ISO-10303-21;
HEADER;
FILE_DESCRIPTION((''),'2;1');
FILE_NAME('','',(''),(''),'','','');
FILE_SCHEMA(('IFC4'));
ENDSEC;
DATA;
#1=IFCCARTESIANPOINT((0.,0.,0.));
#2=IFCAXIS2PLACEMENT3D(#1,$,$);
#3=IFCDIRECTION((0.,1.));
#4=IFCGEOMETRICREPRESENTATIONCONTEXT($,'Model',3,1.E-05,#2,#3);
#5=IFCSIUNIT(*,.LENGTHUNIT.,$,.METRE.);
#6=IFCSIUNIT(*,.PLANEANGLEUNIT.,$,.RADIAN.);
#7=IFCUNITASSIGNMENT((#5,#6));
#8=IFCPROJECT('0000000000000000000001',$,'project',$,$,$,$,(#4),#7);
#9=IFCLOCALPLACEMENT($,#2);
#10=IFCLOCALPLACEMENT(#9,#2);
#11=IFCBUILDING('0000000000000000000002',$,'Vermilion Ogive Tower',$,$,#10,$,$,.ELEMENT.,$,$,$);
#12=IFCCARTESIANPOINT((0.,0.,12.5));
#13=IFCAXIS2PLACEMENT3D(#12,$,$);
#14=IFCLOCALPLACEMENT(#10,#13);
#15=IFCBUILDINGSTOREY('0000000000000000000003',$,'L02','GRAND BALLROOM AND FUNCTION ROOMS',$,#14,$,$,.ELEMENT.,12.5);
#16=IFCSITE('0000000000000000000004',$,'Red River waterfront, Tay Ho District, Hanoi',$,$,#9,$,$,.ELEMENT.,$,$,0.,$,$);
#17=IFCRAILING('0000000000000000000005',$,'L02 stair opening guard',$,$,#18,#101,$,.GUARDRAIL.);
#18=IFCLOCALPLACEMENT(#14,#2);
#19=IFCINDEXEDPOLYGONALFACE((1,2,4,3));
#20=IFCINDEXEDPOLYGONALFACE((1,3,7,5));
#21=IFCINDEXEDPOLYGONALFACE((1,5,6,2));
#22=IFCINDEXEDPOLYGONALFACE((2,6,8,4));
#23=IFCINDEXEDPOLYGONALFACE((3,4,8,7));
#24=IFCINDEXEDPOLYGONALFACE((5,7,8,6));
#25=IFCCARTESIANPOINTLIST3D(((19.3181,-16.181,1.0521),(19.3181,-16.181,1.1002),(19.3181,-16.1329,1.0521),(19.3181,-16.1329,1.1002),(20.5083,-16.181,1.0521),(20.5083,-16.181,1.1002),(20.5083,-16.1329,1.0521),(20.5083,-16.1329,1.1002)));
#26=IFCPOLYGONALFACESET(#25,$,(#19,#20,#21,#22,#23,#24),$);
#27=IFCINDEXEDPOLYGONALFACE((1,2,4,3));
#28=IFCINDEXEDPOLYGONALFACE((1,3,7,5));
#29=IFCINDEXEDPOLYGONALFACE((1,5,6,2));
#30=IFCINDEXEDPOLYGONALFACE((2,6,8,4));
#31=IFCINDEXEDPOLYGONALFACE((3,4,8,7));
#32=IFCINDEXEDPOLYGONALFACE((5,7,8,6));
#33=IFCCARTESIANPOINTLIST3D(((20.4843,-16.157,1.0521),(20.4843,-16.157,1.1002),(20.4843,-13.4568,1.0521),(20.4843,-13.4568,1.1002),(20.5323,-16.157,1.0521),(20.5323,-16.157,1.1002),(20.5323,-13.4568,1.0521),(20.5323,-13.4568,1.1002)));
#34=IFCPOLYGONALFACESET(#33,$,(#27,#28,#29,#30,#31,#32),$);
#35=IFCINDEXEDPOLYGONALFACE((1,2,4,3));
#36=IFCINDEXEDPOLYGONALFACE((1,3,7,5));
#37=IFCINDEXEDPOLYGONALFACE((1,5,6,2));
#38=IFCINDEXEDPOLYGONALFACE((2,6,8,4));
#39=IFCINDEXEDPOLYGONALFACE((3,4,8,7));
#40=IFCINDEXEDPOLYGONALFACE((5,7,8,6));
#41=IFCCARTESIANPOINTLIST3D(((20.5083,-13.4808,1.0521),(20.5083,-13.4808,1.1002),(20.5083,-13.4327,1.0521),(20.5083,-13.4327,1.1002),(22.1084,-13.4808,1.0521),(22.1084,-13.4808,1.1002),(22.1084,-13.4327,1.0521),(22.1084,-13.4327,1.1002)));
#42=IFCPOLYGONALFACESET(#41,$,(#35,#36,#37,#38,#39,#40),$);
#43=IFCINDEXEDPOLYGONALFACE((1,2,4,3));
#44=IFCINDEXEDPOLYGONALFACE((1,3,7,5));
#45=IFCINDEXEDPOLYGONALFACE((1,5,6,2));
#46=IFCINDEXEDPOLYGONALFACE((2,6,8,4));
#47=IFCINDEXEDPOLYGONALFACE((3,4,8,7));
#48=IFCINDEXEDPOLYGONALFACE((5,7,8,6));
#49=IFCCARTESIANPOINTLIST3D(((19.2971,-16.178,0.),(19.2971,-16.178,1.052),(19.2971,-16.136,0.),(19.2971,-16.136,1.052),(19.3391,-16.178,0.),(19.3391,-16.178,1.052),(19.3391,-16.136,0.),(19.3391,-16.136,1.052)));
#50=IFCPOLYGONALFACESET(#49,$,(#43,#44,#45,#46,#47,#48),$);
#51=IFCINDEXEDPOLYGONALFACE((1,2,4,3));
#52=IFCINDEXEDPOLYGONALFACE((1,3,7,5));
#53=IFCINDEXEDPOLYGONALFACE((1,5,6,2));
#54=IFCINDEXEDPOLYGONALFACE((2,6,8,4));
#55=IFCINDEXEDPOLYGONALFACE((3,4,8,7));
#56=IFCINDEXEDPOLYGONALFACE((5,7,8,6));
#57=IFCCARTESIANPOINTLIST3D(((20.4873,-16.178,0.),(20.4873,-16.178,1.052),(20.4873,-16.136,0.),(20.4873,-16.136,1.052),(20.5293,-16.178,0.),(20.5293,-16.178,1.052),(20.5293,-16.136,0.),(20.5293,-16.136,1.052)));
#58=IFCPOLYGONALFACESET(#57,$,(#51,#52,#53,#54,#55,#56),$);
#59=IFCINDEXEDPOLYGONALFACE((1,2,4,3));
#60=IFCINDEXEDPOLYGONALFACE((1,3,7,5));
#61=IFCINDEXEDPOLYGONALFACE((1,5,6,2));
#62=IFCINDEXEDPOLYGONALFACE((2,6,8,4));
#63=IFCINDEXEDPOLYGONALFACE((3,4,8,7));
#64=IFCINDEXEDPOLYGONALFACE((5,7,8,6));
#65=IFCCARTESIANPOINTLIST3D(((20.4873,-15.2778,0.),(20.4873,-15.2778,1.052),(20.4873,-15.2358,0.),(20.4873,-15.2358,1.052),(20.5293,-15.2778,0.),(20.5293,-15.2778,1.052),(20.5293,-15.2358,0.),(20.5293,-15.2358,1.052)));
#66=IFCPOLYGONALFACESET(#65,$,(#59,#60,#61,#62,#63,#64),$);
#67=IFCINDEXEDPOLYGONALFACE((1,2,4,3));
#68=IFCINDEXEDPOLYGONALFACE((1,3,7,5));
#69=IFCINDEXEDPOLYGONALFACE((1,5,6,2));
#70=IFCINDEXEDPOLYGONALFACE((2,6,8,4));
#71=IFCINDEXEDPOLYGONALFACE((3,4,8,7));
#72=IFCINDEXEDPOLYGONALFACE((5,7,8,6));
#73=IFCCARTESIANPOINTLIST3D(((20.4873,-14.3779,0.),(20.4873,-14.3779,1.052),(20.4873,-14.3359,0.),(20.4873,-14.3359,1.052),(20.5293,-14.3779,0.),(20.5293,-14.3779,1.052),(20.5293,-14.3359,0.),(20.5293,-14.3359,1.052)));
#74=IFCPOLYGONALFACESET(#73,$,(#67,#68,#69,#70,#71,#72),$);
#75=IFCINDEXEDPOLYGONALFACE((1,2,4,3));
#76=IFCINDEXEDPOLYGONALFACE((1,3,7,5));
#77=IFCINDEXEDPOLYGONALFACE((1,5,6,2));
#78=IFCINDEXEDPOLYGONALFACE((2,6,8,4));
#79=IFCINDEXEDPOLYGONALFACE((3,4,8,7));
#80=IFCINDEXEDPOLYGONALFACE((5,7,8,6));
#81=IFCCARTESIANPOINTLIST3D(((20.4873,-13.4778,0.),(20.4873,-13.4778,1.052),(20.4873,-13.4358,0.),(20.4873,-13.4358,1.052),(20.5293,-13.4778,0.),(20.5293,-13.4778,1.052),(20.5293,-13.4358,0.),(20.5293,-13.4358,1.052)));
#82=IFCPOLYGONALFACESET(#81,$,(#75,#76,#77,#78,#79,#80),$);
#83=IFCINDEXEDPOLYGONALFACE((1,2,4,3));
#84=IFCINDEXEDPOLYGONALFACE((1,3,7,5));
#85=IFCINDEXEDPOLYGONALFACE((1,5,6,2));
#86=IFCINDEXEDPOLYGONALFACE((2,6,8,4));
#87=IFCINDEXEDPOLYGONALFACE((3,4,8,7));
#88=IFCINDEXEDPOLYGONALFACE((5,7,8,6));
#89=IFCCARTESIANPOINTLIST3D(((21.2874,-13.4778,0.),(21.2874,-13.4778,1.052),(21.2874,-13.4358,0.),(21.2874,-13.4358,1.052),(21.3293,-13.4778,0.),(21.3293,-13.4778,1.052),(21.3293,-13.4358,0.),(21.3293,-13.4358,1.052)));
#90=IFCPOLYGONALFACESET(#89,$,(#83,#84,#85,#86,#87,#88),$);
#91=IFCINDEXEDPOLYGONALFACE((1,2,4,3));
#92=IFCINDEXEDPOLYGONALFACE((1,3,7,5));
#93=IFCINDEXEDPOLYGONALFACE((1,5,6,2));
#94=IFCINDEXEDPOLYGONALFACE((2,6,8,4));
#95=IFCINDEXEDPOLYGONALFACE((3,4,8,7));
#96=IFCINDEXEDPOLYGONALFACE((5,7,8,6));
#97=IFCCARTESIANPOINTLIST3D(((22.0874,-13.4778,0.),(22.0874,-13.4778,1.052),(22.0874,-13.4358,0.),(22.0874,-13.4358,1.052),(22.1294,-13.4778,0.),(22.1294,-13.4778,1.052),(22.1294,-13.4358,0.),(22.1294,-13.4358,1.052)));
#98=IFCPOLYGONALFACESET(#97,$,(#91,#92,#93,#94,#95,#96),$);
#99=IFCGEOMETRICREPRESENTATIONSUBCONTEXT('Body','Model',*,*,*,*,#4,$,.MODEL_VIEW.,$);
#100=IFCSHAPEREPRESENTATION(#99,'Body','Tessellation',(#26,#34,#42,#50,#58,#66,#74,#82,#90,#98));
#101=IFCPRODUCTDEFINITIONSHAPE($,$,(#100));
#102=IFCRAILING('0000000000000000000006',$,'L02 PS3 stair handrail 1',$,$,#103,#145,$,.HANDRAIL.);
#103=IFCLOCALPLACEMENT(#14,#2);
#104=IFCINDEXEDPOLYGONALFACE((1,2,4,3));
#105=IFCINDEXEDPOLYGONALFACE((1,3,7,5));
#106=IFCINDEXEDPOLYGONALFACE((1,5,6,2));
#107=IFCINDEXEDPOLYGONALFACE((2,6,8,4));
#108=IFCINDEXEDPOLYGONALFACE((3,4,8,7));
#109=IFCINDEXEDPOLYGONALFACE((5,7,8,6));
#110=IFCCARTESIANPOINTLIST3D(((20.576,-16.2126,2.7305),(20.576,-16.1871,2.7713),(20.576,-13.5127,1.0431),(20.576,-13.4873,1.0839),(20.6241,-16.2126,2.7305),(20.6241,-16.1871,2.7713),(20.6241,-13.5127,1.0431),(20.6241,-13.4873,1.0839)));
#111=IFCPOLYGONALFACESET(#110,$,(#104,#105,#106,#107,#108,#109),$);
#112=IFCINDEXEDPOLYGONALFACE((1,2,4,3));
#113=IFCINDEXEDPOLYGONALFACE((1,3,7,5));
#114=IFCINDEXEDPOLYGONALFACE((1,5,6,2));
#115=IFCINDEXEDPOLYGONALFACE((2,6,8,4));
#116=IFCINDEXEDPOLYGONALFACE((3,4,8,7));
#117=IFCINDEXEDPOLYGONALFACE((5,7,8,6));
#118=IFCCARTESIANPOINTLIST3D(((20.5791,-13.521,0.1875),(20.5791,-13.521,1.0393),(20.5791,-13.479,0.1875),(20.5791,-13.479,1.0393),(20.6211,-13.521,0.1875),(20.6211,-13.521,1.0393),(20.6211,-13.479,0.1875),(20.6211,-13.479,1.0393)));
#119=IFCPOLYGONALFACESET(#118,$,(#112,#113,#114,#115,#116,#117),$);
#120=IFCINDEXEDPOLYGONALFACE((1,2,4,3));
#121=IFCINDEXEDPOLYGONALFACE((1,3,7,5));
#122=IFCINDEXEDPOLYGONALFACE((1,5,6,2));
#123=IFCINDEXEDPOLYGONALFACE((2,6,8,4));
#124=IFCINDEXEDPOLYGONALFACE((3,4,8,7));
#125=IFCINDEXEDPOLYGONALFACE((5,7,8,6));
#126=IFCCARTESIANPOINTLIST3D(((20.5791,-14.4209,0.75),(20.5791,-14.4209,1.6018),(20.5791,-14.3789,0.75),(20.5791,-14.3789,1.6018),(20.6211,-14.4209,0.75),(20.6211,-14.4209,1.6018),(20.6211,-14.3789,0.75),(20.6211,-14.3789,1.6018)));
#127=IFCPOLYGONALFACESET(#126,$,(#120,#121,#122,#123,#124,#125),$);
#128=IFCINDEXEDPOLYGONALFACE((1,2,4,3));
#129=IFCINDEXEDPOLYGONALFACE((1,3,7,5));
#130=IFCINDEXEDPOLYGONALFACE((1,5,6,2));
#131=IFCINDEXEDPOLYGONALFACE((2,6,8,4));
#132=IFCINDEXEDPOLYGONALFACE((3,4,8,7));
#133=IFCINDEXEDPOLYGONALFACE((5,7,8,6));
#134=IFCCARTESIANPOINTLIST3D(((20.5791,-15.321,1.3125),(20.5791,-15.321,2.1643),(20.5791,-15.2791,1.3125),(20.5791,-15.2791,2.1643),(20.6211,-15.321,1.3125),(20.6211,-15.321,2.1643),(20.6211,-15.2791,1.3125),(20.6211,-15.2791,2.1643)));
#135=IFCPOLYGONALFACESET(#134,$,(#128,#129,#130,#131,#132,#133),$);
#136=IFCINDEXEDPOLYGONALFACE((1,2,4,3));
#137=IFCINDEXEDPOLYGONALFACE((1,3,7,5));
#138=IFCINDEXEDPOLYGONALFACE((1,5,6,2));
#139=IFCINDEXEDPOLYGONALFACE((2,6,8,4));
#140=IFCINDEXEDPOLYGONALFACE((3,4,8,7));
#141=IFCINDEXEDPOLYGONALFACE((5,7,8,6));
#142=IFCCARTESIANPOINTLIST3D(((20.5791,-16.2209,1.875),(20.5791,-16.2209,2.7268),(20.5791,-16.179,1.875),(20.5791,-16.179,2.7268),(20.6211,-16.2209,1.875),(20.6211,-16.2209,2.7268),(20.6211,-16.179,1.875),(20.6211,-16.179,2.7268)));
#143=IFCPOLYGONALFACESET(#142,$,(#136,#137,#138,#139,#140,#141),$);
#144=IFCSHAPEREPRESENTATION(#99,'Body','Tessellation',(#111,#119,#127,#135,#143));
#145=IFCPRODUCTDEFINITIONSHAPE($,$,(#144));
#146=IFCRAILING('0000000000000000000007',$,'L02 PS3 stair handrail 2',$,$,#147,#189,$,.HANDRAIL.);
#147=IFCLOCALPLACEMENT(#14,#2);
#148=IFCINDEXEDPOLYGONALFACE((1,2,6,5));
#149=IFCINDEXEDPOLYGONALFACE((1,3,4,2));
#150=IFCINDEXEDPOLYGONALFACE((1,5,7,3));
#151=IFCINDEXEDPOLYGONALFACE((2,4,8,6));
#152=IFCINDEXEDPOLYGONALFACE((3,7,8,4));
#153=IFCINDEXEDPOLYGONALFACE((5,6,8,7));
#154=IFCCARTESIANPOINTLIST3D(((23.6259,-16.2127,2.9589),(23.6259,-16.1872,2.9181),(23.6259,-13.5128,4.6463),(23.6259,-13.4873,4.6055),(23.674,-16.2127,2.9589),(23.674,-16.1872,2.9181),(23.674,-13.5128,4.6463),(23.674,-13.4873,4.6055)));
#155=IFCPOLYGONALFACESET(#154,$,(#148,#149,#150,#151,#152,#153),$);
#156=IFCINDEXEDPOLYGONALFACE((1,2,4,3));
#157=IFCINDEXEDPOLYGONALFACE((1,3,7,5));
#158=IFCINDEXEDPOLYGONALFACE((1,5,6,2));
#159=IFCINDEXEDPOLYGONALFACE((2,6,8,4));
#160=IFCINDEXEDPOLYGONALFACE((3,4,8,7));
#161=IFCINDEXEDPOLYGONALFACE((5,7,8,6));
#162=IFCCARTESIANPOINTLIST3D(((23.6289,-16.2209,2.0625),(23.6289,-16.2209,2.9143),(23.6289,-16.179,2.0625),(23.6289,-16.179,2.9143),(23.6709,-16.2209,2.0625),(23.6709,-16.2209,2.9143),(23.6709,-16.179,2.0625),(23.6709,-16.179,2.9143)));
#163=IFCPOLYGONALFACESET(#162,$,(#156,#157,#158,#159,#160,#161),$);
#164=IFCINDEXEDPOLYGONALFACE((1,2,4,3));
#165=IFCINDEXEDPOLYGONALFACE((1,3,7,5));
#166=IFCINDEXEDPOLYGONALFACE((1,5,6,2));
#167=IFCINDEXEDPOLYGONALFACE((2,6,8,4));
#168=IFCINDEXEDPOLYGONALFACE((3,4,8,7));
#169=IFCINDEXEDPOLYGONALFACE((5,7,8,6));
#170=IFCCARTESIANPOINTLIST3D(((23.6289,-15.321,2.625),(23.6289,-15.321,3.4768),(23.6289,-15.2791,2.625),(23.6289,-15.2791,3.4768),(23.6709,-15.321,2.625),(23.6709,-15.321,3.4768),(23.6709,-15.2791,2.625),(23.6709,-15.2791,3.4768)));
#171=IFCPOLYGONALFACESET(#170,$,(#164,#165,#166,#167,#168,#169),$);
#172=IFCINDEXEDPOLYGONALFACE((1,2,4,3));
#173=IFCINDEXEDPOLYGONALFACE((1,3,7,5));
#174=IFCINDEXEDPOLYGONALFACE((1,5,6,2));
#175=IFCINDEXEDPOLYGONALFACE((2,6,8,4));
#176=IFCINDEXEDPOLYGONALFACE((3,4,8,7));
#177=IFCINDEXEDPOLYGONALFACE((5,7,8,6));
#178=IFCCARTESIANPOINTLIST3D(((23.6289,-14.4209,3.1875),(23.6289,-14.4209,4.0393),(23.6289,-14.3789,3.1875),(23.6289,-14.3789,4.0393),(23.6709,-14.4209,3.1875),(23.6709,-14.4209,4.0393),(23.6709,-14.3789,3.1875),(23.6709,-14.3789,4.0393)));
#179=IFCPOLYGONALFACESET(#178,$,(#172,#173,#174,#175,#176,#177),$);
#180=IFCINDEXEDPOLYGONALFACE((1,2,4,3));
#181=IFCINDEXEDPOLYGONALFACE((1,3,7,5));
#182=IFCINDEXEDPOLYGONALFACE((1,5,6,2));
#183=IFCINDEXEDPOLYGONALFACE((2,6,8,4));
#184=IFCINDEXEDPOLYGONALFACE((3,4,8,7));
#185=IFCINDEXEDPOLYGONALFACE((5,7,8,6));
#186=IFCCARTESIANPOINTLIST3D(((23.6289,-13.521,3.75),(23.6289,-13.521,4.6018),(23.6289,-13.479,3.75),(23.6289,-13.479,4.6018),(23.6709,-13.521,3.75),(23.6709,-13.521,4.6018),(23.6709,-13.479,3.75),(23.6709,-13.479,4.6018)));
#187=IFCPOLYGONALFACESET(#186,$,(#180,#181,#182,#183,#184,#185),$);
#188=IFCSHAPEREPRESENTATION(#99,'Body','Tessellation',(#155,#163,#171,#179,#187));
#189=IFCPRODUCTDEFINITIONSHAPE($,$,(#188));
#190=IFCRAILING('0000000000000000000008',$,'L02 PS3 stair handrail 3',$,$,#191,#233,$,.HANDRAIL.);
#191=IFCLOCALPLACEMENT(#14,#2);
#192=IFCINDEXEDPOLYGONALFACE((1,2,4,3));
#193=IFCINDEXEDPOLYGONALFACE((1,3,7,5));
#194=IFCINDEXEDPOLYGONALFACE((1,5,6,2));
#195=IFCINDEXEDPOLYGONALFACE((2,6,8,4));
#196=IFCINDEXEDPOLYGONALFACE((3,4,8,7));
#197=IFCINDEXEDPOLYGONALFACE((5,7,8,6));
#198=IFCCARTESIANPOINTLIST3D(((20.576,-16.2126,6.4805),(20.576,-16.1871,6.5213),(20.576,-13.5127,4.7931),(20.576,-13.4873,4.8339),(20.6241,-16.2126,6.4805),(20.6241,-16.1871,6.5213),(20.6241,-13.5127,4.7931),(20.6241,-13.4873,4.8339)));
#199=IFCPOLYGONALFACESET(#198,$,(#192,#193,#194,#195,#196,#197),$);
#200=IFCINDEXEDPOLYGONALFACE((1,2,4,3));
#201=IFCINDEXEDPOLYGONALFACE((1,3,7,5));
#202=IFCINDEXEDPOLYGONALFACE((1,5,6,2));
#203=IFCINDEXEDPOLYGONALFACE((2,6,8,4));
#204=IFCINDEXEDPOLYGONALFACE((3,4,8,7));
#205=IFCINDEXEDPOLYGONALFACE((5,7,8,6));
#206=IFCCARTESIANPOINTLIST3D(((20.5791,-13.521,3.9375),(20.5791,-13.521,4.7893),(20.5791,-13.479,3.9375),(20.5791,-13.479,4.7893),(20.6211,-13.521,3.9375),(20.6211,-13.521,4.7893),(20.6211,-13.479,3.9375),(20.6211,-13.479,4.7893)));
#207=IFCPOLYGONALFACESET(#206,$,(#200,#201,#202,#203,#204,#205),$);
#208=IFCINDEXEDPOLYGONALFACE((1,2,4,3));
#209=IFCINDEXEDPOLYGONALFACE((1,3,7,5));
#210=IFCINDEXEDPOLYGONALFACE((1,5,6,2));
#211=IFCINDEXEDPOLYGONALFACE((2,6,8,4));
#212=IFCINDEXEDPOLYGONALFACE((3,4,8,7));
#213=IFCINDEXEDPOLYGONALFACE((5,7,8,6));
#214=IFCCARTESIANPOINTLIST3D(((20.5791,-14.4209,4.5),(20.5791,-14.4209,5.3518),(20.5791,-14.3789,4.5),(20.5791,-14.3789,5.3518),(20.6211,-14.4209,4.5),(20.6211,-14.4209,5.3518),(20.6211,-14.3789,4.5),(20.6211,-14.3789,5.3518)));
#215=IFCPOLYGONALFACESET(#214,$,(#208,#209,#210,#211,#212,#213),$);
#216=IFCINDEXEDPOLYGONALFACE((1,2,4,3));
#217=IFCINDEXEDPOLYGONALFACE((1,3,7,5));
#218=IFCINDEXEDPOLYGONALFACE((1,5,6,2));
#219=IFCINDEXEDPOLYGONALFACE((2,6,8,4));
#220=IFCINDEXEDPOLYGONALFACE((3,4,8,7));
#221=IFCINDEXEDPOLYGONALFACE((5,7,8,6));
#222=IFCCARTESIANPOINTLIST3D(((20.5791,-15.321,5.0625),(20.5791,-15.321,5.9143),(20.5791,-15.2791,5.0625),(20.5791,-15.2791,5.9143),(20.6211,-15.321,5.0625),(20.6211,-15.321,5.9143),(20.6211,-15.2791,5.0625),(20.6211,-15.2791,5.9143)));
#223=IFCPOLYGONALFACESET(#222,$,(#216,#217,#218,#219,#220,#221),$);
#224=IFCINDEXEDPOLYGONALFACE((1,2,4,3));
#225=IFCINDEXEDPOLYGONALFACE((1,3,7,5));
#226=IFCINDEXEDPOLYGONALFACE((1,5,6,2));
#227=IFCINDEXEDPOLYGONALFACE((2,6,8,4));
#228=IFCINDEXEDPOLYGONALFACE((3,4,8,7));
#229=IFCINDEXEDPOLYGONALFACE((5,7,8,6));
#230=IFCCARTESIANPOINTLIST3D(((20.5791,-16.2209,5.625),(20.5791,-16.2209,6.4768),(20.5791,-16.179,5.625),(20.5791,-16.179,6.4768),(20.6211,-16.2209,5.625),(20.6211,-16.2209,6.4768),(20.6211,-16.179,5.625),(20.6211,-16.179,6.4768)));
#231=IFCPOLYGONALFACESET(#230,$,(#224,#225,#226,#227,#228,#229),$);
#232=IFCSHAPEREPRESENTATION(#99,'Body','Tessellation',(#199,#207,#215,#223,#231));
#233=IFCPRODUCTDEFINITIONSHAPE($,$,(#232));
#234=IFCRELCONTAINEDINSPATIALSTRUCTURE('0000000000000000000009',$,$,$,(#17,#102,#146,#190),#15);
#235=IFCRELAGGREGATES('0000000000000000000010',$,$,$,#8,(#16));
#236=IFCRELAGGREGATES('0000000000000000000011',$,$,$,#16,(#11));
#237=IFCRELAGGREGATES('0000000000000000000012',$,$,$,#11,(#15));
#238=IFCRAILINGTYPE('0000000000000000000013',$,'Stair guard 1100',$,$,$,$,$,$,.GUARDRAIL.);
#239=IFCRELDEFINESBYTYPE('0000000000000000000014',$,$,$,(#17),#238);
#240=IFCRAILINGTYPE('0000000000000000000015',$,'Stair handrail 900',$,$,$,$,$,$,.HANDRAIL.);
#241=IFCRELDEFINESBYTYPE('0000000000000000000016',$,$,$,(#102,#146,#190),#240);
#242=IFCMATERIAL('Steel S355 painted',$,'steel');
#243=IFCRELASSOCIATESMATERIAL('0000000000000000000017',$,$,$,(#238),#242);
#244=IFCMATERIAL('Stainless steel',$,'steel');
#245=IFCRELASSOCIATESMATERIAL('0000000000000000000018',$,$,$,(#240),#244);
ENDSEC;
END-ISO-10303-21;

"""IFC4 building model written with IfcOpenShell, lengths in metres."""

from ifc_helpers import new_model, si_unit, direction, frame, origin, origin_2d, place, context, subcontext, project, spatial, rectangle, extrude, material, type_object, element, save


model = new_model("IFC4")

# Units and contexts
model_context = context("Model", 3, precision=1e-05, world=origin(), true_north=direction((0.0, 1.0)))
body_context = subcontext(model_context, "Body", "Model", "MODEL_VIEW")
ifc_project = project(units=[si_unit("LENGTHUNIT", "METRE"), si_unit("PLANEANGLEUNIT", "RADIAN")], contexts=[model_context])

# Site, building, storey
site_placement = place(None, origin())
site = spatial("IfcSite", under=ifc_project, at=site_placement, Name="Red River waterfront, Tay Ho District, Hanoi", CompositionType="ELEMENT", RefElevation=0.0)
building_placement = place(site_placement, origin())
building = spatial("IfcBuilding", under=site, at=building_placement, Name="Vermilion Ogive Tower", CompositionType="ELEMENT")
storey_placement = place(building_placement, frame((0.0, 0.0, 12.5)))
storey = spatial("IfcBuildingStorey", under=building, at=storey_placement, Name="L02", Description="GRAND BALLROOM AND FUNCTION ROOMS", CompositionType="ELEMENT", Elevation=12.5)

# Railings
ifc_material_1 = material(Name="Steel S355 painted", Category="steel")
railing_type_1 = type_object("IfcRailingType", Name="Stair guard 1100", PredefinedType="GUARDRAIL", material=ifc_material_1)
railing_1_placement = place(storey_placement, frame((19.3181, -16.157, 0.0)))
element("IfcRailing", 1, at=railing_1_placement, inside=storey, type_object=railing_type_1, Name="L02 stair opening guard", PredefinedType="GUARDRAIL", context=body_context, shape_type="SweptSolid", body=[
    extrude(rectangle(XDim=0.0481, YDim=0.0481, at=origin_2d()), frame((0.0, 0.0, 1.0762), z_axis=(1.0, 0.0, 0.0), x_axis=(0.0, 1.0, 0.0)), (0.0, 0.0, 1.0), 1.1902),
    extrude(rectangle(XDim=0.0481, YDim=0.0481, at=origin_2d()), frame((1.1902, 0.0, 1.0762), z_axis=(0.0, 1.0, 0.0), x_axis=(-1.0, 0.0, 0.0)), (0.0, 0.0, 1.0), 2.7002),
    extrude(rectangle(XDim=0.0481, YDim=0.0481, at=origin_2d()), frame((1.1902, 2.7002, 1.0762), z_axis=(1.0, 0.0, 0.0), x_axis=(0.0, 1.0, 0.0)), (0.0, 0.0, 1.0), 1.6001),
    extrude(rectangle(XDim=0.042, YDim=0.042, at=origin_2d()), origin(), (0.0, 0.0, 1.0), 1.052),
    extrude(rectangle(XDim=0.042, YDim=0.042, at=origin_2d()), frame((1.1902, 0.0, 0.0)), (0.0, 0.0, 1.0), 1.052),
    extrude(rectangle(XDim=0.042, YDim=0.042, at=origin_2d()), frame((1.1902, 0.9001, 0.0)), (0.0, 0.0, 1.0), 1.052),
    extrude(rectangle(XDim=0.042, YDim=0.042, at=origin_2d()), frame((1.1902, 1.8, 0.0)), (0.0, 0.0, 1.0), 1.052),
    extrude(rectangle(XDim=0.042, YDim=0.042, at=origin_2d()), frame((1.1902, 2.7002, 0.0)), (0.0, 0.0, 1.0), 1.052),
    extrude(rectangle(XDim=0.042, YDim=0.042, at=origin_2d()), frame((1.9902, 2.7002, 0.0)), (0.0, 0.0, 1.0), 1.052),
    extrude(rectangle(XDim=0.042, YDim=0.042, at=origin_2d()), frame((2.7903, 2.7002, 0.0)), (0.0, 0.0, 1.0), 1.052),
])
ifc_material_2 = material(Name="Stainless steel", Category="steel")
railing_type_2 = type_object("IfcRailingType", Name="Stair handrail 900", PredefinedType="HANDRAIL", material=ifc_material_2)
railing_2_placement = place(storey_placement, frame((20.6001, -13.5, 0.1875)))
element("IfcRailing", 2, at=railing_2_placement, inside=storey, type_object=railing_type_2, Name="L02 PS3 stair handrail 1", PredefinedType="HANDRAIL", context=body_context, shape_type="SweptSolid", body=[
    extrude(rectangle(XDim=0.0481, YDim=0.0481, at=origin_2d()), frame((0.0, 0.0, 0.876), z_axis=(0.0, -0.847994, 0.530006), x_axis=(1.0, 0.0, 0.0)), (0.0, 0.0, 1.0), 3.1838),
    extrude(rectangle(XDim=0.042, YDim=0.042, at=origin_2d()), origin(), (0.0, 0.0, 1.0), 0.8518),
    extrude(rectangle(XDim=0.042, YDim=0.042, at=origin_2d()), frame((0.0, -0.8999, 0.5625)), (0.0, 0.0, 1.0), 0.8518),
    extrude(rectangle(XDim=0.042, YDim=0.042, at=origin_2d()), frame((0.0, -1.8, 1.125)), (0.0, 0.0, 1.0), 0.8518),
    extrude(rectangle(XDim=0.042, YDim=0.042, at=origin_2d()), frame((0.0, -2.7, 1.6875)), (0.0, 0.0, 1.0), 0.8518),
])
railing_3_placement = place(storey_placement, frame((23.6499, -16.2, 2.0625)))
element("IfcRailing", 3, at=railing_3_placement, inside=storey, type_object=railing_type_2, Name="L02 PS3 stair handrail 2", PredefinedType="HANDRAIL", context=body_context, shape_type="SweptSolid", body=[
    extrude(rectangle(XDim=0.0481, YDim=0.0481, at=origin_2d()), frame((0.0, 0.0, 0.876), z_axis=(0.0, 0.847994, 0.530006), x_axis=(-1.0, 0.0, 0.0)), (0.0, 0.0, 1.0), 3.1838),
    extrude(rectangle(XDim=0.042, YDim=0.042, at=origin_2d()), origin(), (0.0, 0.0, 1.0), 0.8518),
    extrude(rectangle(XDim=0.042, YDim=0.042, at=origin_2d()), frame((0.0, 0.8999, 0.5625)), (0.0, 0.0, 1.0), 0.8518),
    extrude(rectangle(XDim=0.042, YDim=0.042, at=origin_2d()), frame((0.0, 1.8, 1.125)), (0.0, 0.0, 1.0), 0.8518),
    extrude(rectangle(XDim=0.042, YDim=0.042, at=origin_2d()), frame((0.0, 2.7, 1.6875)), (0.0, 0.0, 1.0), 0.8518),
])
railing_4_placement = place(storey_placement, frame((20.6001, -13.5, 3.9375)))
element("IfcRailing", 4, at=railing_4_placement, inside=storey, type_object=railing_type_2, Name="L02 PS3 stair handrail 3", PredefinedType="HANDRAIL", context=body_context, shape_type="SweptSolid", body=[
    extrude(rectangle(XDim=0.0481, YDim=0.0481, at=origin_2d()), frame((0.0, 0.0, 0.876), z_axis=(0.0, -0.847994, 0.530006), x_axis=(1.0, 0.0, 0.0)), (0.0, 0.0, 1.0), 3.1838),
    extrude(rectangle(XDim=0.042, YDim=0.042, at=origin_2d()), origin(), (0.0, 0.0, 1.0), 0.8518),
    extrude(rectangle(XDim=0.042, YDim=0.042, at=origin_2d()), frame((0.0, -0.8999, 0.5625)), (0.0, 0.0, 1.0), 0.8518),
    extrude(rectangle(XDim=0.042, YDim=0.042, at=origin_2d()), frame((0.0, -1.8, 1.125)), (0.0, 0.0, 1.0), 0.8518),
    extrude(rectangle(XDim=0.042, YDim=0.042, at=origin_2d()), frame((0.0, -2.7, 1.6875)), (0.0, 0.0, 1.0), 0.8518),
])

save(model, "model.ifc")
